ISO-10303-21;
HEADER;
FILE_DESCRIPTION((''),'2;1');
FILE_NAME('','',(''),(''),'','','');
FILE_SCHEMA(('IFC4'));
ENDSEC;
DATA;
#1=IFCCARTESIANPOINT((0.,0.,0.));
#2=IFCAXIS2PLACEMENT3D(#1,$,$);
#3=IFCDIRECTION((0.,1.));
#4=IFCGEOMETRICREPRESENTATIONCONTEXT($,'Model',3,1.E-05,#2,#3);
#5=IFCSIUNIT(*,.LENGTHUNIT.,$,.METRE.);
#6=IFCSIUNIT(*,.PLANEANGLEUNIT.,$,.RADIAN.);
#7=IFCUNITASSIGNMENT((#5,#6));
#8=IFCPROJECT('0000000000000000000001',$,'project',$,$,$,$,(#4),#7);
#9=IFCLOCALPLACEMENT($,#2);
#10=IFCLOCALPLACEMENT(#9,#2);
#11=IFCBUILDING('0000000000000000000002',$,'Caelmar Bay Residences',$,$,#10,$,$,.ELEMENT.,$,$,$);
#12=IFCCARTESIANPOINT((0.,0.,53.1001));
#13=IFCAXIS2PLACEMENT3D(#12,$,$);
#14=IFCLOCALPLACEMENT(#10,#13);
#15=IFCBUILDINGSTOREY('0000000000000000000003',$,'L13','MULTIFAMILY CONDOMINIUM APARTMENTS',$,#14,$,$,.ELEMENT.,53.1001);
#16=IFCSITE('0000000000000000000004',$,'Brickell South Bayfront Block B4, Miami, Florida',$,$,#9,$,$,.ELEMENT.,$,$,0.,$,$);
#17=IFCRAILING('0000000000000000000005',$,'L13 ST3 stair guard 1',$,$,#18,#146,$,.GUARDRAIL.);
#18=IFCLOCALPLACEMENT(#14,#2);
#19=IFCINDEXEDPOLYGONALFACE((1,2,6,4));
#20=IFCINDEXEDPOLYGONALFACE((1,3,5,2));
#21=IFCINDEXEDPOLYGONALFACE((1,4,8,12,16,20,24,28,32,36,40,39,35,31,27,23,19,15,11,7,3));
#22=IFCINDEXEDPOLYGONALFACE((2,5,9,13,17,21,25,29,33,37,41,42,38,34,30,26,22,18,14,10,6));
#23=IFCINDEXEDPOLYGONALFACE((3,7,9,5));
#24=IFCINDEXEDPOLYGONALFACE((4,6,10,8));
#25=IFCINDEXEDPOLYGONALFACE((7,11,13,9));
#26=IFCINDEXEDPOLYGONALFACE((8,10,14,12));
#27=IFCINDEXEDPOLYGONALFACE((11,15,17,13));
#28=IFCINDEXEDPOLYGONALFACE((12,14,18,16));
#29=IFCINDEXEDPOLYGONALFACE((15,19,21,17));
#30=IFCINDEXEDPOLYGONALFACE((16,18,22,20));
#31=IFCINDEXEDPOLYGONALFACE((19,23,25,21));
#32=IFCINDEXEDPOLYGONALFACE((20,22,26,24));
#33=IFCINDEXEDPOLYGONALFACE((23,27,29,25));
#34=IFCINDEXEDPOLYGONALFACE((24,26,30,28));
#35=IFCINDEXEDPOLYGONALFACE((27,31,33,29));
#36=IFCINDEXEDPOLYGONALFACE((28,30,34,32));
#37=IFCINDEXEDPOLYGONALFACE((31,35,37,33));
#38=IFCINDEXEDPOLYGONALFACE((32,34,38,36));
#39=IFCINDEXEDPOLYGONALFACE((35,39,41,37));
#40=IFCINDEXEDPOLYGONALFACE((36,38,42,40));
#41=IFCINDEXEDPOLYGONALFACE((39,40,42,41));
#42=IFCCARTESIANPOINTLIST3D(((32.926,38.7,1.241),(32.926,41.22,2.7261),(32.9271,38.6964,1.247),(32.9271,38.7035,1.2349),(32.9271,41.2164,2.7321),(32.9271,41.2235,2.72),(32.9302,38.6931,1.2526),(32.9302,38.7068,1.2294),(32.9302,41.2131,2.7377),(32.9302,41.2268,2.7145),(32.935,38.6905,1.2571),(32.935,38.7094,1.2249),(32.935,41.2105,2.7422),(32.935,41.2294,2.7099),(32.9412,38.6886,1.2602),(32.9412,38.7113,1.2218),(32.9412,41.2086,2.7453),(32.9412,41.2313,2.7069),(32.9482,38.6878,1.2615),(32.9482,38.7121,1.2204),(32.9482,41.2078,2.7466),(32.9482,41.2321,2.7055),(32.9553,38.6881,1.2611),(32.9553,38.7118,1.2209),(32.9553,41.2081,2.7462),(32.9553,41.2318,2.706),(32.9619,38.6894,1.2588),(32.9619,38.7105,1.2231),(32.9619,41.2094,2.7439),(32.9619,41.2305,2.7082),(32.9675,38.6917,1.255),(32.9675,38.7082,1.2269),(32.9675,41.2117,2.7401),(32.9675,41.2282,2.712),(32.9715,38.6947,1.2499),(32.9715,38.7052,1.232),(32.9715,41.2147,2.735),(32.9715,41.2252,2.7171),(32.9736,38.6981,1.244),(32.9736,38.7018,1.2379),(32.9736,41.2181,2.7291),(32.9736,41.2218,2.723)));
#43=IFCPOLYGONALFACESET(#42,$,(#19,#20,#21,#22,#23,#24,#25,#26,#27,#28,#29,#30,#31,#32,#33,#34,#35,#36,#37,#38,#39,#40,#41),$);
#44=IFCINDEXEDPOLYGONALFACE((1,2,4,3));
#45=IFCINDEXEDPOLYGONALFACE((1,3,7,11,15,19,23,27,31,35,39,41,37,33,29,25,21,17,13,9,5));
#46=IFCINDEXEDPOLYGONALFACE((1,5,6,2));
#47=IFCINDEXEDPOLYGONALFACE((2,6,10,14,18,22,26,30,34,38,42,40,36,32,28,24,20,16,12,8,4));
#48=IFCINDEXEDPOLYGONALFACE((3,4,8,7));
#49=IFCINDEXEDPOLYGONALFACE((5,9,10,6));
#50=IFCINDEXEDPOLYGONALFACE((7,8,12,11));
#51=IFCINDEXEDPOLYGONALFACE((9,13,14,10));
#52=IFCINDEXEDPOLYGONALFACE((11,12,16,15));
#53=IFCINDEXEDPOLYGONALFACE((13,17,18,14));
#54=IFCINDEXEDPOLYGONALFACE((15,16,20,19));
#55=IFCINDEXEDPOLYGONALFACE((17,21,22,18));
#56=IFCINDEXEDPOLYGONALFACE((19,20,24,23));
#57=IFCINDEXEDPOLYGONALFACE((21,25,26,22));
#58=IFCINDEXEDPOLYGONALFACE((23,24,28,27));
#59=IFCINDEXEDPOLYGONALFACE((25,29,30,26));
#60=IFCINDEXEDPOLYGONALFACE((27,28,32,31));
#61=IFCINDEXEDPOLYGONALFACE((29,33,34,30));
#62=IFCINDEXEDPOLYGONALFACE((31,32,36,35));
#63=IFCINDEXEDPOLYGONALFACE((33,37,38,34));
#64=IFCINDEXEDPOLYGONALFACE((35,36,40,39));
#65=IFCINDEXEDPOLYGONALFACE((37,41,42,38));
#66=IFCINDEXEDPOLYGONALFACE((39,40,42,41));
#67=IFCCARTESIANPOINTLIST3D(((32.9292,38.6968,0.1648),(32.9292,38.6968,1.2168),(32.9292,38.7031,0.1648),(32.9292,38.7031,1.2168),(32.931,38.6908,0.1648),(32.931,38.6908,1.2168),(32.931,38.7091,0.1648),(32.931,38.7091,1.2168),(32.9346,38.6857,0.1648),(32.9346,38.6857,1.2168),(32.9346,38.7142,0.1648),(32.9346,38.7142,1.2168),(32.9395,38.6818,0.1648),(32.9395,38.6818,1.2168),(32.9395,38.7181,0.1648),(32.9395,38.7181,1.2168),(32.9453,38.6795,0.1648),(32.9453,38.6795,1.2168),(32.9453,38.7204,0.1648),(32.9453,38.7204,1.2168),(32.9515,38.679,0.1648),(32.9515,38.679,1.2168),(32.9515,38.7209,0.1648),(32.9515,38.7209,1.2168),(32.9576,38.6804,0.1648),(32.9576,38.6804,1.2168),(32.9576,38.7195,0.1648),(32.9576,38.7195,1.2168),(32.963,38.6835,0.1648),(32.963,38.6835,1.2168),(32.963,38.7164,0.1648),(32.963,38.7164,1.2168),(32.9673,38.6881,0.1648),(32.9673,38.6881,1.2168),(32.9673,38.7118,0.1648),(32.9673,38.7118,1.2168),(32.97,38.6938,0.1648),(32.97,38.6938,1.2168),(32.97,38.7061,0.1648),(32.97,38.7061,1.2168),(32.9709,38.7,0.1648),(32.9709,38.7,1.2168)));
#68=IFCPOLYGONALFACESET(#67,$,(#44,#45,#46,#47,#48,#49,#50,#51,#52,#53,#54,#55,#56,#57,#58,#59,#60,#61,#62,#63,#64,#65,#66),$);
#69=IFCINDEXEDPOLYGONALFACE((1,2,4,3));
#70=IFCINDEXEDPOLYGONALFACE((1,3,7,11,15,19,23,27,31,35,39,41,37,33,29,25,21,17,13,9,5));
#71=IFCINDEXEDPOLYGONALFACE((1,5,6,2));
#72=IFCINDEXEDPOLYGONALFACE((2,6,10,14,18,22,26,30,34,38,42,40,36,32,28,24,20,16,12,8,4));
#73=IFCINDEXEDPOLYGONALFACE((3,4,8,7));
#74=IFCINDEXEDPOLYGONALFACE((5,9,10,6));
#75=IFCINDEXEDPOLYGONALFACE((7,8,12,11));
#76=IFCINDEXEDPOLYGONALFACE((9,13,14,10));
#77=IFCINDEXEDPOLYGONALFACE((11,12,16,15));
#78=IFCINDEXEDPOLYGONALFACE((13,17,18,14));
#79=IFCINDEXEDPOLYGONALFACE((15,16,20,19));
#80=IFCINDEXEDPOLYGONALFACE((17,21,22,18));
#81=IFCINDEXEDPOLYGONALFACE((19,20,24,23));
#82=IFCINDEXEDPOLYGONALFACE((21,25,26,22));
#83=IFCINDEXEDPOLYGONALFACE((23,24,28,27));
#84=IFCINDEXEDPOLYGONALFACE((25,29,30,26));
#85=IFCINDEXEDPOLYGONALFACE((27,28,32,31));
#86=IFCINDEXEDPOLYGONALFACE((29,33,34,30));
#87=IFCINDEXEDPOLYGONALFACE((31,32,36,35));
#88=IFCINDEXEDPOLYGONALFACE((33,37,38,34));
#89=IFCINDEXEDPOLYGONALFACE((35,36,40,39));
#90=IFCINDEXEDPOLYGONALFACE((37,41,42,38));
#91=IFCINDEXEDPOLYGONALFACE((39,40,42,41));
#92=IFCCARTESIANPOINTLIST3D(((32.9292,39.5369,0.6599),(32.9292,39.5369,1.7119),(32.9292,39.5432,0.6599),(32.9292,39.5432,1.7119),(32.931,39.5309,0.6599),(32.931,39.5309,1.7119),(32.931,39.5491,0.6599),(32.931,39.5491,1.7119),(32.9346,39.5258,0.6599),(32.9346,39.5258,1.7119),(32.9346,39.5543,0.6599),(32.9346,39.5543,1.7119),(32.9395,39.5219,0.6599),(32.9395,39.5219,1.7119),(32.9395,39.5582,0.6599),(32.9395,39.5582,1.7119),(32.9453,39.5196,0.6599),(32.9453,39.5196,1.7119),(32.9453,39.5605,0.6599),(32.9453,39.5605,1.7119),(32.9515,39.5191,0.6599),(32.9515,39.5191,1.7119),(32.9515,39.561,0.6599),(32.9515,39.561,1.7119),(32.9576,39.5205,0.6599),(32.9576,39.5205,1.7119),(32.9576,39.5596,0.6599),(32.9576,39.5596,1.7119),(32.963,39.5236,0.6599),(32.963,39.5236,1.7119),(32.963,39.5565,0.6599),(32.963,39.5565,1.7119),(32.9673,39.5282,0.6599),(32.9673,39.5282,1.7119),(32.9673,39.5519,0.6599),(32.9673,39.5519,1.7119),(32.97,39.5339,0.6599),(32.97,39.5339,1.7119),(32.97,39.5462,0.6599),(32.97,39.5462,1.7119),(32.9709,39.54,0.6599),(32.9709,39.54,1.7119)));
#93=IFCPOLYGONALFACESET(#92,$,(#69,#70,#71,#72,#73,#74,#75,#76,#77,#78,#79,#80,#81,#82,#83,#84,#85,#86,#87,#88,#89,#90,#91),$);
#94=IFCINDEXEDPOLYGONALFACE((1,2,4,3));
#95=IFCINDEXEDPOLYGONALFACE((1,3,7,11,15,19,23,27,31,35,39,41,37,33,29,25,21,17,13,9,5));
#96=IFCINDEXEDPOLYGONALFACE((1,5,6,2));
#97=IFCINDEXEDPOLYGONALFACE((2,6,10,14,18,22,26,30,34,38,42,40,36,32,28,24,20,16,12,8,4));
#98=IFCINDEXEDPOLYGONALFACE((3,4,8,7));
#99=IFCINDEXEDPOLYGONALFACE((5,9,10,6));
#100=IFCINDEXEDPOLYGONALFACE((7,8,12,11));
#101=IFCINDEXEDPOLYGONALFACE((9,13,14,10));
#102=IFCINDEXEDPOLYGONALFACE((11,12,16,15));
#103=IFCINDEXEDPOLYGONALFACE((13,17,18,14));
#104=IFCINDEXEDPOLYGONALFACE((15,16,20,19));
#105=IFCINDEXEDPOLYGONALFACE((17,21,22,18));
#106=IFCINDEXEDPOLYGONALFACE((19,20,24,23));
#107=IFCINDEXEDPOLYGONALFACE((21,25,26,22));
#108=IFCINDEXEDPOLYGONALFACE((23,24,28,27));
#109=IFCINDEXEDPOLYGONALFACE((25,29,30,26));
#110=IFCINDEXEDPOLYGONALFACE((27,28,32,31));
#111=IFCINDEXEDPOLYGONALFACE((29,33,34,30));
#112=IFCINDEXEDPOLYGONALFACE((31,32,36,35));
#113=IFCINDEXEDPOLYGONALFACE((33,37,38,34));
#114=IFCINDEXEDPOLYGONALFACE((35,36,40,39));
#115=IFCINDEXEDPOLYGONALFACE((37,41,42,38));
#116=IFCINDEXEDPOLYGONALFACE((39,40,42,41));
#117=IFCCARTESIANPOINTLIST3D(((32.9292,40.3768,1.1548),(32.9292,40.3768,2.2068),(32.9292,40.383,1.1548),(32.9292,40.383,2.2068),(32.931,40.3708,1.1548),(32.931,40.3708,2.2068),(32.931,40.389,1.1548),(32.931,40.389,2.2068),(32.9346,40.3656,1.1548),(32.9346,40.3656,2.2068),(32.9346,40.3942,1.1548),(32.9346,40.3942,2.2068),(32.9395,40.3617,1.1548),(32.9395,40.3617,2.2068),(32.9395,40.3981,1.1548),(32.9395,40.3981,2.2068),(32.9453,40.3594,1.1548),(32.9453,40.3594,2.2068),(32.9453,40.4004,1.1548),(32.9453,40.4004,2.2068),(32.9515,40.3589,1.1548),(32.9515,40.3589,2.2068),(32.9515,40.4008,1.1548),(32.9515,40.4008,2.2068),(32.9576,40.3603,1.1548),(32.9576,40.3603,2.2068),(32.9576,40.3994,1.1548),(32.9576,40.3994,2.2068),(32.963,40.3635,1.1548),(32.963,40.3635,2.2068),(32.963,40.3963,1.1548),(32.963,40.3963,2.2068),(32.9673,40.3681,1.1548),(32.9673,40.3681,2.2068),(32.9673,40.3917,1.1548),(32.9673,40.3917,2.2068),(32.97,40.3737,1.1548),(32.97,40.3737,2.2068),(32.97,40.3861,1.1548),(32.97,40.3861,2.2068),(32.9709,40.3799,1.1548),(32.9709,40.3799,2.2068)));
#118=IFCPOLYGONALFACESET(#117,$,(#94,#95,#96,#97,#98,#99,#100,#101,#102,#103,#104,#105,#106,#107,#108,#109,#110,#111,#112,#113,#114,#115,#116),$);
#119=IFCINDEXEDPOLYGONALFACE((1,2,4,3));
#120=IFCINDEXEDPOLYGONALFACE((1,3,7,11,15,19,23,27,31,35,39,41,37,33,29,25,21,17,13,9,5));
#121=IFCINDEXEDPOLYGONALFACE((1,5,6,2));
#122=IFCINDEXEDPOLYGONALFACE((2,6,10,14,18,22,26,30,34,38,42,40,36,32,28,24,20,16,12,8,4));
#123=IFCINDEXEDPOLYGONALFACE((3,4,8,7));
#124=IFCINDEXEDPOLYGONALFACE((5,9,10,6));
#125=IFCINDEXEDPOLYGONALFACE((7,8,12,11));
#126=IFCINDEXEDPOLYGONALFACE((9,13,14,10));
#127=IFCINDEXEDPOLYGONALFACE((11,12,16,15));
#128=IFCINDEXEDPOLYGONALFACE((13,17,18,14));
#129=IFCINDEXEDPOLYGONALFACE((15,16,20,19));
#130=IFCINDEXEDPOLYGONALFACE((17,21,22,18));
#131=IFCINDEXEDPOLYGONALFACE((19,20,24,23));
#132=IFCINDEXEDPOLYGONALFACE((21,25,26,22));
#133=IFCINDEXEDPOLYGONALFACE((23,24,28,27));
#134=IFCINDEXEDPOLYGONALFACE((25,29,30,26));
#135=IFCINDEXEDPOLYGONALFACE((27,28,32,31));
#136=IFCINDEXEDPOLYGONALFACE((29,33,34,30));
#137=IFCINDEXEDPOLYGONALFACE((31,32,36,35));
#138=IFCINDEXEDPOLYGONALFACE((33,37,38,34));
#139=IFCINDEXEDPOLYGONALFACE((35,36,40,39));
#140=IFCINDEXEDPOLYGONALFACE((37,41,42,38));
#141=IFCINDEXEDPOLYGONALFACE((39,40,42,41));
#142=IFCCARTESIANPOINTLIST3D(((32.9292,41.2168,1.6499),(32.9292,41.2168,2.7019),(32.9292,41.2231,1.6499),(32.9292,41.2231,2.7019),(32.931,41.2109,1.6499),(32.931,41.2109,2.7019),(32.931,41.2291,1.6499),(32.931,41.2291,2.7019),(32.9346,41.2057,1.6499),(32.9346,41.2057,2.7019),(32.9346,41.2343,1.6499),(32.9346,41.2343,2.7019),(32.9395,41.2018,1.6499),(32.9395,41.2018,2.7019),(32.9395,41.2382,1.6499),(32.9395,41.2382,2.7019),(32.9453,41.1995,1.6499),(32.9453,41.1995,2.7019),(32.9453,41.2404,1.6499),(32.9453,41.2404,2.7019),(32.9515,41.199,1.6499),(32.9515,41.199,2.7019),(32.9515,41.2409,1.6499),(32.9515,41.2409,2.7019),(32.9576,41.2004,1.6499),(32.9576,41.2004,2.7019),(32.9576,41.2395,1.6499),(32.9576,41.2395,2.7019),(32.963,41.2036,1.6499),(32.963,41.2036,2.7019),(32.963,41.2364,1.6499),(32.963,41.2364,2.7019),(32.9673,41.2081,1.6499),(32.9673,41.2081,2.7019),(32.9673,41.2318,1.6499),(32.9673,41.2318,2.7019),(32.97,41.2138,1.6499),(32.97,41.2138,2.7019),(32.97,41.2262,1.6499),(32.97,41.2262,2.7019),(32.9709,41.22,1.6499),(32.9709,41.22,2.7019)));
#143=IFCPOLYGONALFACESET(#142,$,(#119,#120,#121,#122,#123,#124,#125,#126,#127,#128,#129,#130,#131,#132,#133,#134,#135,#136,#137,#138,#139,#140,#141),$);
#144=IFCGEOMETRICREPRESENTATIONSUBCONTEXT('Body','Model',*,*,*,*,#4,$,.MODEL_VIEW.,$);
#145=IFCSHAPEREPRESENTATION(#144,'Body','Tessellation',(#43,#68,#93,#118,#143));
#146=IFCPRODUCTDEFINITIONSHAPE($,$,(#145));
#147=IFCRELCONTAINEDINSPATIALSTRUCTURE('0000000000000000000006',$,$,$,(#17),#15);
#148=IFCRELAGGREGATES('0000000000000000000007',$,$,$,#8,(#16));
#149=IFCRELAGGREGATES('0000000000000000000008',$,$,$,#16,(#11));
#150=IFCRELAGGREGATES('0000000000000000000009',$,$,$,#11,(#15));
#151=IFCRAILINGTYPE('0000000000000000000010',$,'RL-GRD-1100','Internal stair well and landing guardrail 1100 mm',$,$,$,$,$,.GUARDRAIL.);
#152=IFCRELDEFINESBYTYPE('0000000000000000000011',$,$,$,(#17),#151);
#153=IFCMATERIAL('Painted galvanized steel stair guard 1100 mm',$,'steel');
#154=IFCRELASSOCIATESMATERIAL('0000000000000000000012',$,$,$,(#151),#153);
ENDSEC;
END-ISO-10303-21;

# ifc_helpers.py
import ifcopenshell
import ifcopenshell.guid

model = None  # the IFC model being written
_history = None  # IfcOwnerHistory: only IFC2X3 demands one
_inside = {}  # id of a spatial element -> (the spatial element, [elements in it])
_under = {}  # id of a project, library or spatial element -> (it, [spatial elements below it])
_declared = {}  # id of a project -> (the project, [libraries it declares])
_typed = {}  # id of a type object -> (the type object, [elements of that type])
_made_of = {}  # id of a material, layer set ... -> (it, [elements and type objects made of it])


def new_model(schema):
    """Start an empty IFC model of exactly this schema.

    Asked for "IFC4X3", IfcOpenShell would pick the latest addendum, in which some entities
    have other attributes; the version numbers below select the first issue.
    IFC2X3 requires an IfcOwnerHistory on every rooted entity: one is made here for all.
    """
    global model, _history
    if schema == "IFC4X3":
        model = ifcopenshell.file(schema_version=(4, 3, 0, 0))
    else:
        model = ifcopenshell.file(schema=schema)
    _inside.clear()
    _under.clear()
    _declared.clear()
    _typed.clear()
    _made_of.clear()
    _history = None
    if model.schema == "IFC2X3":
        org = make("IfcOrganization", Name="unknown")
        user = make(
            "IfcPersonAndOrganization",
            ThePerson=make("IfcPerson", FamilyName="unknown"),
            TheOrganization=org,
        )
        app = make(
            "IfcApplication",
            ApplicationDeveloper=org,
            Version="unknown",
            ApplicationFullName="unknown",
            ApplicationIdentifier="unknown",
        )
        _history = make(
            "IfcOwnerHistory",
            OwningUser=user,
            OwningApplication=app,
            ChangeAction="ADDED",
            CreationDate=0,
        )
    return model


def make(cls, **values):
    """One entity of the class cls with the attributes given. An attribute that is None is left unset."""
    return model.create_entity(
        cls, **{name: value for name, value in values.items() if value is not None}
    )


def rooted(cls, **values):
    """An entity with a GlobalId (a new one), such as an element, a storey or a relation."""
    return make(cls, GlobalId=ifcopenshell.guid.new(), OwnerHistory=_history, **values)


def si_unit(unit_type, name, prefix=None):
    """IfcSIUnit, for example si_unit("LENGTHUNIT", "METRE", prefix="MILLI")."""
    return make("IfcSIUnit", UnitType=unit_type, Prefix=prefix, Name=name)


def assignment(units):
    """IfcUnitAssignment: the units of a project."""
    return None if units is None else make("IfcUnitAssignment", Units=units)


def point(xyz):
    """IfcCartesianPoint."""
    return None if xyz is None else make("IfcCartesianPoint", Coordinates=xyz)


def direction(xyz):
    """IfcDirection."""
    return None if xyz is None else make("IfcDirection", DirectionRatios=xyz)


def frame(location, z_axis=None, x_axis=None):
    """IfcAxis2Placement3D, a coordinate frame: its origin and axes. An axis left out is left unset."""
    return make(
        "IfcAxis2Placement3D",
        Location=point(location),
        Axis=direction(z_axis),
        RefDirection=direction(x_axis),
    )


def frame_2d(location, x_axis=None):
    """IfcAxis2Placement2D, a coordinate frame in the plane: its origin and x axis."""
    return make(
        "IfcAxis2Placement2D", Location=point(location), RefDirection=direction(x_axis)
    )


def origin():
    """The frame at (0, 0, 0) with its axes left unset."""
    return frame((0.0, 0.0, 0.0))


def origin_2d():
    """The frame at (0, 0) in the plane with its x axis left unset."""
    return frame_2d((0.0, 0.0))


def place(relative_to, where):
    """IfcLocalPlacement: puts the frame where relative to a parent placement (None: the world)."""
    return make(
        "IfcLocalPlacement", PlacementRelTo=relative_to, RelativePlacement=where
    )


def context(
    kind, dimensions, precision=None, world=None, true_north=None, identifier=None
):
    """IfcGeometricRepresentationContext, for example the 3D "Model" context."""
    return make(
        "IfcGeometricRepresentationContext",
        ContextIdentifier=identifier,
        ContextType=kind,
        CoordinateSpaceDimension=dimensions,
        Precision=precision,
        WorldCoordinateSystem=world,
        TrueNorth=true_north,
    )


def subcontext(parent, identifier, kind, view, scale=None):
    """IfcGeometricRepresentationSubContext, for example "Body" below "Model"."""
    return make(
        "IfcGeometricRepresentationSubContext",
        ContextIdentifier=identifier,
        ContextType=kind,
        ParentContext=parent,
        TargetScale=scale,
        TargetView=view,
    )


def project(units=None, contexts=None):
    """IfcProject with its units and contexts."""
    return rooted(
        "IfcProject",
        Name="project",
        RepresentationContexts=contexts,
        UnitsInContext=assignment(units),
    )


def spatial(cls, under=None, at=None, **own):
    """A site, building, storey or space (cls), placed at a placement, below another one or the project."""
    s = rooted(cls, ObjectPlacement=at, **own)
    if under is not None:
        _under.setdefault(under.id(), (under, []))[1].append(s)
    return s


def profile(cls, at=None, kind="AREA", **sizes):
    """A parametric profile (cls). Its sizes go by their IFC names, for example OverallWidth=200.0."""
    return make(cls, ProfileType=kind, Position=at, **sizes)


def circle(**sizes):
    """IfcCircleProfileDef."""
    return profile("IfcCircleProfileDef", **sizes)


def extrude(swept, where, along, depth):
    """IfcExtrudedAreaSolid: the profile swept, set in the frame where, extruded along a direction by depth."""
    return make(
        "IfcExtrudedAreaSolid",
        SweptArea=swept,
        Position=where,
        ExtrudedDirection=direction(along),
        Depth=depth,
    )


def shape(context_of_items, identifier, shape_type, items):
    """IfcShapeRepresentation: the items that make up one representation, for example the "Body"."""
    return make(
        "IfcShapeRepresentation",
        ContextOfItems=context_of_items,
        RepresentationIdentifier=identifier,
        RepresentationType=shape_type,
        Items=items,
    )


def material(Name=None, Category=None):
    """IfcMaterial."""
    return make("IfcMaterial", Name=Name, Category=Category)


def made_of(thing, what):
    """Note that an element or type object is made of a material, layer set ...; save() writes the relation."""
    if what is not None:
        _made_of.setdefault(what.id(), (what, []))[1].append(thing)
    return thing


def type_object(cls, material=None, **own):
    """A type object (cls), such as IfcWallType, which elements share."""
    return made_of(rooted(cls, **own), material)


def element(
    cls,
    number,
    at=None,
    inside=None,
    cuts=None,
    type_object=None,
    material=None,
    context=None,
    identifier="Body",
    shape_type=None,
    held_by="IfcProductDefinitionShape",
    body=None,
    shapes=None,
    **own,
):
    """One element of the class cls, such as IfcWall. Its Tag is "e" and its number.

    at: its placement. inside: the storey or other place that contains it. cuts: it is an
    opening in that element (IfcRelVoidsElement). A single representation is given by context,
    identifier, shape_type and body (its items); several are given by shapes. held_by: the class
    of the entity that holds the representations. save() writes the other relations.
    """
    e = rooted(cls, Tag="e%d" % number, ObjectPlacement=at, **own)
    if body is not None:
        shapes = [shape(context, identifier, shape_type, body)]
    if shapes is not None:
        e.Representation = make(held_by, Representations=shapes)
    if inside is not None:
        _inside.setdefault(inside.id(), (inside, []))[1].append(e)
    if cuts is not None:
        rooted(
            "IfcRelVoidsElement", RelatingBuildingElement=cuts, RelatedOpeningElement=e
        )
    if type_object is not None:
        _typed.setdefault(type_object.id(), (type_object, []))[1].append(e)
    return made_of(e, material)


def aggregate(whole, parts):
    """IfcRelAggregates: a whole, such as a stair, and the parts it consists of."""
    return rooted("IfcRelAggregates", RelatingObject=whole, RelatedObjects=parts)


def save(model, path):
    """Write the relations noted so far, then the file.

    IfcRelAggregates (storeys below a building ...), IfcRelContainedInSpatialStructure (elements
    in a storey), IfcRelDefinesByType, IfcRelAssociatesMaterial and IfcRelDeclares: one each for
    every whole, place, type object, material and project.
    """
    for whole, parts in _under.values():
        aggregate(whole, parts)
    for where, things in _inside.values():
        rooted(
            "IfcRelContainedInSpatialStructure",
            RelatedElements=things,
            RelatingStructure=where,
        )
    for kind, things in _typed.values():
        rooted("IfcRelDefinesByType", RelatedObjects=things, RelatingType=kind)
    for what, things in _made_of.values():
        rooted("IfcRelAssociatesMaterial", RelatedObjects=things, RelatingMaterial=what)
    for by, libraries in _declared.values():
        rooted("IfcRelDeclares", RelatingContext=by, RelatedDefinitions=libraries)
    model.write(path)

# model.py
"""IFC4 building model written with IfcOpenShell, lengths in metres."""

from ifc_helpers import new_model, si_unit, direction, frame, origin, origin_2d, place, context, subcontext, project, spatial, circle, extrude, material, type_object, element, save


model = new_model("IFC4")

# Units and contexts
model_context = context("Model", 3, precision=1e-05, world=origin(), true_north=direction((0.0, 1.0)))
body_context = subcontext(model_context, "Body", "Model", "MODEL_VIEW")
ifc_project = project(units=[si_unit("LENGTHUNIT", "METRE"), si_unit("PLANEANGLEUNIT", "RADIAN")], contexts=[model_context])

# Site, building, storey
site_placement = place(None, origin())
site = spatial("IfcSite", under=ifc_project, at=site_placement, Name="Brickell South Bayfront Block B4, Miami, Florida", CompositionType="ELEMENT", RefElevation=0.0)
building_placement = place(site_placement, origin())
building = spatial("IfcBuilding", under=site, at=building_placement, Name="Caelmar Bay Residences", CompositionType="ELEMENT")
storey_placement = place(building_placement, frame((0.0, 0.0, 53.1001)))
storey = spatial("IfcBuildingStorey", under=building, at=storey_placement, Name="L13", Description="MULTIFAMILY CONDOMINIUM APARTMENTS", CompositionType="ELEMENT", Elevation=53.1001)

# Railing
ifc_material_1 = material(Name="Painted galvanized steel stair guard 1100 mm", Category="steel")
railing_type_1 = type_object("IfcRailingType", Name="RL-GRD-1100", Description="Internal stair well and landing guardrail 1100 mm", PredefinedType="GUARDRAIL", material=ifc_material_1)
railing_1_placement = place(storey_placement, frame((32.95, 38.7, 0.1648)))
element("IfcRailing", 1, at=railing_1_placement, inside=storey, type_object=railing_type_1, Name="L13 ST3 stair guard 1", PredefinedType="GUARDRAIL", context=body_context, shape_type="SweptSolid", body=[
    extrude(circle(Radius=0.0239, at=origin_2d()), frame((0.0, 0.0, 1.0762), z_axis=(0.0, 0.861524, 0.507717), x_axis=(-1.0, 0.0, 0.0)), (0.0, 0.0, 1.0), 2.925),
    extrude(circle(Radius=0.021, at=origin_2d()), origin(), (0.0, 0.0, 1.0), 1.052),
    extrude(circle(Radius=0.021, at=origin_2d()), frame((0.0, 0.8401, 0.4951)), (0.0, 0.0, 1.0), 1.052),
    extrude(circle(Radius=0.021, at=origin_2d()), frame((0.0, 1.6799, 0.99)), (0.0, 0.0, 1.0), 1.052),
    extrude(circle(Radius=0.021, at=origin_2d()), frame((0.0, 2.52, 1.4851)), (0.0, 0.0, 1.0), 1.052),
])

save(model, "model.ifc")
